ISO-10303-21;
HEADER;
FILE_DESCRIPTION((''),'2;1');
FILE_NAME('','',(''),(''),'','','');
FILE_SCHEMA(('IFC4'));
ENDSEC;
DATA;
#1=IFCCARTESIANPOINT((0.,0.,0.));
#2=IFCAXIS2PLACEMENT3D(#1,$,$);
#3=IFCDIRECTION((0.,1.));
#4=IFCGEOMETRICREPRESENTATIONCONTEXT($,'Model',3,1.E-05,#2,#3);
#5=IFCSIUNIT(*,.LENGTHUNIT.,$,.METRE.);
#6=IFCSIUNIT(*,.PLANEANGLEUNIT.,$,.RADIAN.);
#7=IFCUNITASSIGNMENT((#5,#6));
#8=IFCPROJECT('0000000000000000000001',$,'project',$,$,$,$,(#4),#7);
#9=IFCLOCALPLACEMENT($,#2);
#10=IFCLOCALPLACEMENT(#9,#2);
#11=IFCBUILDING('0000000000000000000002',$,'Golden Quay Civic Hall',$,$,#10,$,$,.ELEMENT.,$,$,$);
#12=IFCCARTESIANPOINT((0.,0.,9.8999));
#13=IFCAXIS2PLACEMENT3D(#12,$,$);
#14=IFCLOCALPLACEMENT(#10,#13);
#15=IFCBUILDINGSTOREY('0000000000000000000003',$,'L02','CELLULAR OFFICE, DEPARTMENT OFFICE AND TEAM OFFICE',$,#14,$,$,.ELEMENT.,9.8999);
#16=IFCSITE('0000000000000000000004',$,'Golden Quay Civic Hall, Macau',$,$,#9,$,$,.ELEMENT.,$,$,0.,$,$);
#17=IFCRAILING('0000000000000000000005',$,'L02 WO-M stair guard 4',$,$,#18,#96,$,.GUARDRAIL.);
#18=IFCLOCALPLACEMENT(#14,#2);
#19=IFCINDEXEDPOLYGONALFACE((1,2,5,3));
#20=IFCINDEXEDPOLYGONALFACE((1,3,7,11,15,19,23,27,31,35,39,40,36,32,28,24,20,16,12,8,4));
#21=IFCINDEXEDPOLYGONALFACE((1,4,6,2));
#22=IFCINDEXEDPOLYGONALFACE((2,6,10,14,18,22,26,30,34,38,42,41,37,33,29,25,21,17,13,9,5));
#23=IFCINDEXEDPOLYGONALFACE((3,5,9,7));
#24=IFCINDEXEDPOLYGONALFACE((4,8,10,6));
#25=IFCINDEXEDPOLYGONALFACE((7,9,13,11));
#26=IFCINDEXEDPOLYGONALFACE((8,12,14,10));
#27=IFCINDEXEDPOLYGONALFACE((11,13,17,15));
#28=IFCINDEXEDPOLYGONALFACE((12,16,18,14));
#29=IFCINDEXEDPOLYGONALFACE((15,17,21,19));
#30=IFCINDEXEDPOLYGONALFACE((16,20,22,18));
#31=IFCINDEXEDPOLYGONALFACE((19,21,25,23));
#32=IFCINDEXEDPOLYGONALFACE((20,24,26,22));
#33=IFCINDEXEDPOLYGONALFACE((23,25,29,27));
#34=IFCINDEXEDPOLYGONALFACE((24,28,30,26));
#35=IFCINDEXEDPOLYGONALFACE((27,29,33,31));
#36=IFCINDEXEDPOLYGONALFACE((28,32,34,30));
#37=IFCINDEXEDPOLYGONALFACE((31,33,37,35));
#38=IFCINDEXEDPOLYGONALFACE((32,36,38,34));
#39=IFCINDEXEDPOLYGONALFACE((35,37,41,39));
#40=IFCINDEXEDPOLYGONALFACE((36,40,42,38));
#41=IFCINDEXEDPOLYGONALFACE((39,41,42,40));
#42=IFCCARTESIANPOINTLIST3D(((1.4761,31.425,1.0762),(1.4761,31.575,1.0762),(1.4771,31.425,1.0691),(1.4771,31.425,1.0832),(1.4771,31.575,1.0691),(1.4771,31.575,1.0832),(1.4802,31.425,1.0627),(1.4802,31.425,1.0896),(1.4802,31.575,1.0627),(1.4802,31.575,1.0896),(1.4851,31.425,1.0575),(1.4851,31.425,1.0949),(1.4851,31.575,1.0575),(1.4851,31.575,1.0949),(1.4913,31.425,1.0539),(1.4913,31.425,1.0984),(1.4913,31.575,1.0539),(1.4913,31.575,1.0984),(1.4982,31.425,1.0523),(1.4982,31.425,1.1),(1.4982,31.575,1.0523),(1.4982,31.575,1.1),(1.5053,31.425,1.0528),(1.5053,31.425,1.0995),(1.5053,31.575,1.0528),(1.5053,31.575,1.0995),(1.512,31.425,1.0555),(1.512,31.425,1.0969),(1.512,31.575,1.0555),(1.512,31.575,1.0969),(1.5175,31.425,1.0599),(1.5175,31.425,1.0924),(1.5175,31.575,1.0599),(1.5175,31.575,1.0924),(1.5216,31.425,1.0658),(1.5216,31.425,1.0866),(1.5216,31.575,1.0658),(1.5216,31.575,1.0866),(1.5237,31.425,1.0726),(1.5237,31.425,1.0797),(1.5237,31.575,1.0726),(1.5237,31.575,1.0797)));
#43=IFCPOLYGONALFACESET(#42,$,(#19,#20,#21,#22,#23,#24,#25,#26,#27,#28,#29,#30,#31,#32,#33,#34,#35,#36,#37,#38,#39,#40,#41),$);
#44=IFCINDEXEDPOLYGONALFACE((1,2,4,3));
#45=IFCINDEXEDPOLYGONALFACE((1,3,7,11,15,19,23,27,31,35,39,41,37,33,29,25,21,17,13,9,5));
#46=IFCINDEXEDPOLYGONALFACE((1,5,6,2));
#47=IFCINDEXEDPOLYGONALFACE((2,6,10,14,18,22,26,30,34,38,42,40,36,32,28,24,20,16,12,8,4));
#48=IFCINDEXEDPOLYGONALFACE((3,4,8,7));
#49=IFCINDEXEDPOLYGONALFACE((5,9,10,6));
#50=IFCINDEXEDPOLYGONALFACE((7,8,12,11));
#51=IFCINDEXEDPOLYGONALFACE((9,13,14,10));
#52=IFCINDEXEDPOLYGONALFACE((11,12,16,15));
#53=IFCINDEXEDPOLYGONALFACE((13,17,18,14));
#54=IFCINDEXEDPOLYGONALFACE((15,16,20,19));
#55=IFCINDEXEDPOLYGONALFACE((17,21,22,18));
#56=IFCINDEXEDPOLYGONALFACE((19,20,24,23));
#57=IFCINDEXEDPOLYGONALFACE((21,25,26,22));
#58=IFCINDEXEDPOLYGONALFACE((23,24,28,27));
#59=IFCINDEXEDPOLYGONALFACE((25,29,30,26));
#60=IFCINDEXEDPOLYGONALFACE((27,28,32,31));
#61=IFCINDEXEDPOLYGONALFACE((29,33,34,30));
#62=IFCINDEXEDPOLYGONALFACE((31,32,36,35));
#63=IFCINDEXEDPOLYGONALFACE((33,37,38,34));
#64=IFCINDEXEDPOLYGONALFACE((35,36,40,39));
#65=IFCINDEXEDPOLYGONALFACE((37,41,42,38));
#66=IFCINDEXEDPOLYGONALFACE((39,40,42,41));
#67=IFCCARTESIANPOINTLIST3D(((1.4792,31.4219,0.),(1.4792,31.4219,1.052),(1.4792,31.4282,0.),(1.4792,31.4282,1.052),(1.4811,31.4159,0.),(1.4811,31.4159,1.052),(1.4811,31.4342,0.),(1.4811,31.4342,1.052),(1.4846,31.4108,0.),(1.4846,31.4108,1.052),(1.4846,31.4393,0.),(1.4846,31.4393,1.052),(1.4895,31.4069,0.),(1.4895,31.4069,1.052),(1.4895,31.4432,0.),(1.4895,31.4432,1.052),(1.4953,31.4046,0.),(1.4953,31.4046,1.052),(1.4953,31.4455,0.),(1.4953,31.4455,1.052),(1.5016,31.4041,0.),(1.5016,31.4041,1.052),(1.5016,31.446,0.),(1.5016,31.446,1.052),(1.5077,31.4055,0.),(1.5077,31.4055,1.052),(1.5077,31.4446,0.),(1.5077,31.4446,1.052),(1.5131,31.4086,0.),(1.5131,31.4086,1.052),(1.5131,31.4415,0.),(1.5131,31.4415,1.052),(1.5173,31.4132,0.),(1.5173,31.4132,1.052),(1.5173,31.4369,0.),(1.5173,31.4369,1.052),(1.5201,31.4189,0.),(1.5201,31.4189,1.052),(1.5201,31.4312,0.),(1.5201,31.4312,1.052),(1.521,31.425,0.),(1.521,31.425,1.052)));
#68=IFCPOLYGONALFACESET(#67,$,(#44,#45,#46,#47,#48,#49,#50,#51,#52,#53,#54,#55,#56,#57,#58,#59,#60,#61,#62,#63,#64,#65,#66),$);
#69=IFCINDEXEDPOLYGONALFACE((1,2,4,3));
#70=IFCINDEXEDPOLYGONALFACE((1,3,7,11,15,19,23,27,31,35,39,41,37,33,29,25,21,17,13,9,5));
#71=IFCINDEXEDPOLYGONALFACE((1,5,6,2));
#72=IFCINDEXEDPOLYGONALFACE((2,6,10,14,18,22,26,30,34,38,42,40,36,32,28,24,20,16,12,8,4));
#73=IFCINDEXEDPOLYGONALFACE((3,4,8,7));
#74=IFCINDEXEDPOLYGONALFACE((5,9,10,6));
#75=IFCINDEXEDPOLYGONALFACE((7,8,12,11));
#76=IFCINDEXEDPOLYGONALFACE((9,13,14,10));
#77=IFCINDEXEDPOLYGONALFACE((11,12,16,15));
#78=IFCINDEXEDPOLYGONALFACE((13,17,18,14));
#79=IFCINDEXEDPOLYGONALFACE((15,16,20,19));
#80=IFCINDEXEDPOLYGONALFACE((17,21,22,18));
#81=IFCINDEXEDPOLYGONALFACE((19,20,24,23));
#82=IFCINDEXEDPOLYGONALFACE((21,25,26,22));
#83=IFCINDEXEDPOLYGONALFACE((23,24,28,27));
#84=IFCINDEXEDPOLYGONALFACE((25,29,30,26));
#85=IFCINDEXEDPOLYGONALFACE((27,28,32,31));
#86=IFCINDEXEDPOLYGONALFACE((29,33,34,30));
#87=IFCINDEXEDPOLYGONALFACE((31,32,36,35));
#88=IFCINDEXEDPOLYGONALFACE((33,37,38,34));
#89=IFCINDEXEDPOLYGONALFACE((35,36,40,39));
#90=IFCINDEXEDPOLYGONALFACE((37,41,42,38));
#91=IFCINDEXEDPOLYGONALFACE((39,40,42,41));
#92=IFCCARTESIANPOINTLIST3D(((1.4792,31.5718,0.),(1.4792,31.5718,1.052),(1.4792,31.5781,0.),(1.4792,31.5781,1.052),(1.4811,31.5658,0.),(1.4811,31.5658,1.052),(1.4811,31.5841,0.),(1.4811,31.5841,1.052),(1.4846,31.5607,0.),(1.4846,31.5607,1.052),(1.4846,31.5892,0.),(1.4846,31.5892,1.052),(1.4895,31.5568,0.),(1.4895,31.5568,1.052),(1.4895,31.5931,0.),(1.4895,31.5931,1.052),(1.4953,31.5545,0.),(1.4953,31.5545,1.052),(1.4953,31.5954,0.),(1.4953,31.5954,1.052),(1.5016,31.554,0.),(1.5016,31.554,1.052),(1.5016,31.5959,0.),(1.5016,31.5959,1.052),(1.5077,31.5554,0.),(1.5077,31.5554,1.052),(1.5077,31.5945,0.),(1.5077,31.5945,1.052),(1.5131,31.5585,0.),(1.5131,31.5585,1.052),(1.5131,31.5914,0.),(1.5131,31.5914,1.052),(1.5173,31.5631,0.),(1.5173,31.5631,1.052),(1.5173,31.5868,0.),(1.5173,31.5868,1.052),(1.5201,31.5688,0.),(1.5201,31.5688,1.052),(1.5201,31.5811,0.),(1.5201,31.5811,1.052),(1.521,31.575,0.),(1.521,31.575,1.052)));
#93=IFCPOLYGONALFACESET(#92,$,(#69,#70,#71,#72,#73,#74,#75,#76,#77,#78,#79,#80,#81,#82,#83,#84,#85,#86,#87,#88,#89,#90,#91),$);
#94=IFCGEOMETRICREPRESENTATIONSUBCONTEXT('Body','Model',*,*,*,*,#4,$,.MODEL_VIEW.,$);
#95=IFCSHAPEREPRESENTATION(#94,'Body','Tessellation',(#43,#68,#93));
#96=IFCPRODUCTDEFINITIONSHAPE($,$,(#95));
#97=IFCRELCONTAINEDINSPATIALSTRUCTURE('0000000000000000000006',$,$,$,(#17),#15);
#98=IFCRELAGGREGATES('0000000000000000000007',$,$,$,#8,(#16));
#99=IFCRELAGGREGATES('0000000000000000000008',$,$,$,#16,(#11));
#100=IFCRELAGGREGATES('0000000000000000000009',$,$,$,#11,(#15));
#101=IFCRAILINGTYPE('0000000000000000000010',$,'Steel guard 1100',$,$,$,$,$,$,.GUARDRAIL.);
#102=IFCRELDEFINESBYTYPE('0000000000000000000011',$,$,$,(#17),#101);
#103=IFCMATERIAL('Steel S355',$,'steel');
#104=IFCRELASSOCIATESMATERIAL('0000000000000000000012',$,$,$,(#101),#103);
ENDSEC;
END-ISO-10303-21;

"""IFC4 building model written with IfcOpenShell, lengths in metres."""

from ifc_helpers import new_model, si_unit, direction, frame, origin, origin_2d, place, context, subcontext, project, spatial, circle, extrude, material, type_object, element, save


model = new_model("IFC4")

# Units and contexts
model_context = context("Model", 3, precision=1e-05, world=origin(), true_north=direction((0.0, 1.0)))
body_context = subcontext(model_context, "Body", "Model", "MODEL_VIEW")
ifc_project = project(units=[si_unit("LENGTHUNIT", "METRE"), si_unit("PLANEANGLEUNIT", "RADIAN")], contexts=[model_context])

# Site, building, storey
site_placement = place(None, origin())
site = spatial("IfcSite", under=ifc_project, at=site_placement, Name="Golden Quay Civic Hall, Macau", CompositionType="ELEMENT", RefElevation=0.0)
building_placement = place(site_placement, origin())
building = spatial("IfcBuilding", under=site, at=building_placement, Name="Golden Quay Civic Hall", CompositionType="ELEMENT")
storey_placement = place(building_placement, frame((0.0, 0.0, 9.8999)))
storey = spatial("IfcBuildingStorey", under=building, at=storey_placement, Name="L02", Description="CELLULAR OFFICE, DEPARTMENT OFFICE AND TEAM OFFICE", CompositionType="ELEMENT", Elevation=9.8999)

# Railing
ifc_material_1 = material(Name="Steel S355", Category="steel")
railing_type_1 = type_object("IfcRailingType", Name="Steel guard 1100", PredefinedType="GUARDRAIL", material=ifc_material_1)
railing_1_placement = place(storey_placement, frame((1.5, 31.425, 0.0)))
element("IfcRailing", 1, at=railing_1_placement, inside=storey, type_object=railing_type_1, Name="L02 WO-M stair guard 4", PredefinedType="GUARDRAIL", context=body_context, shape_type="SweptSolid", body=[
    extrude(circle(Radius=0.0239, at=origin_2d()), frame((0.0, 0.0, 1.0762), z_axis=(0.0, 1.0, 0.0), x_axis=(-1.0, 0.0, 0.0)), (0.0, 0.0, 1.0), 0.1499),
    extrude(circle(Radius=0.021, at=origin_2d()), origin(), (0.0, 0.0, 1.0), 1.052),
    extrude(circle(Radius=0.021, at=origin_2d()), frame((0.0, 0.1499, 0.0)), (0.0, 0.0, 1.0), 1.052),
])

save(model, "model.ifc")
